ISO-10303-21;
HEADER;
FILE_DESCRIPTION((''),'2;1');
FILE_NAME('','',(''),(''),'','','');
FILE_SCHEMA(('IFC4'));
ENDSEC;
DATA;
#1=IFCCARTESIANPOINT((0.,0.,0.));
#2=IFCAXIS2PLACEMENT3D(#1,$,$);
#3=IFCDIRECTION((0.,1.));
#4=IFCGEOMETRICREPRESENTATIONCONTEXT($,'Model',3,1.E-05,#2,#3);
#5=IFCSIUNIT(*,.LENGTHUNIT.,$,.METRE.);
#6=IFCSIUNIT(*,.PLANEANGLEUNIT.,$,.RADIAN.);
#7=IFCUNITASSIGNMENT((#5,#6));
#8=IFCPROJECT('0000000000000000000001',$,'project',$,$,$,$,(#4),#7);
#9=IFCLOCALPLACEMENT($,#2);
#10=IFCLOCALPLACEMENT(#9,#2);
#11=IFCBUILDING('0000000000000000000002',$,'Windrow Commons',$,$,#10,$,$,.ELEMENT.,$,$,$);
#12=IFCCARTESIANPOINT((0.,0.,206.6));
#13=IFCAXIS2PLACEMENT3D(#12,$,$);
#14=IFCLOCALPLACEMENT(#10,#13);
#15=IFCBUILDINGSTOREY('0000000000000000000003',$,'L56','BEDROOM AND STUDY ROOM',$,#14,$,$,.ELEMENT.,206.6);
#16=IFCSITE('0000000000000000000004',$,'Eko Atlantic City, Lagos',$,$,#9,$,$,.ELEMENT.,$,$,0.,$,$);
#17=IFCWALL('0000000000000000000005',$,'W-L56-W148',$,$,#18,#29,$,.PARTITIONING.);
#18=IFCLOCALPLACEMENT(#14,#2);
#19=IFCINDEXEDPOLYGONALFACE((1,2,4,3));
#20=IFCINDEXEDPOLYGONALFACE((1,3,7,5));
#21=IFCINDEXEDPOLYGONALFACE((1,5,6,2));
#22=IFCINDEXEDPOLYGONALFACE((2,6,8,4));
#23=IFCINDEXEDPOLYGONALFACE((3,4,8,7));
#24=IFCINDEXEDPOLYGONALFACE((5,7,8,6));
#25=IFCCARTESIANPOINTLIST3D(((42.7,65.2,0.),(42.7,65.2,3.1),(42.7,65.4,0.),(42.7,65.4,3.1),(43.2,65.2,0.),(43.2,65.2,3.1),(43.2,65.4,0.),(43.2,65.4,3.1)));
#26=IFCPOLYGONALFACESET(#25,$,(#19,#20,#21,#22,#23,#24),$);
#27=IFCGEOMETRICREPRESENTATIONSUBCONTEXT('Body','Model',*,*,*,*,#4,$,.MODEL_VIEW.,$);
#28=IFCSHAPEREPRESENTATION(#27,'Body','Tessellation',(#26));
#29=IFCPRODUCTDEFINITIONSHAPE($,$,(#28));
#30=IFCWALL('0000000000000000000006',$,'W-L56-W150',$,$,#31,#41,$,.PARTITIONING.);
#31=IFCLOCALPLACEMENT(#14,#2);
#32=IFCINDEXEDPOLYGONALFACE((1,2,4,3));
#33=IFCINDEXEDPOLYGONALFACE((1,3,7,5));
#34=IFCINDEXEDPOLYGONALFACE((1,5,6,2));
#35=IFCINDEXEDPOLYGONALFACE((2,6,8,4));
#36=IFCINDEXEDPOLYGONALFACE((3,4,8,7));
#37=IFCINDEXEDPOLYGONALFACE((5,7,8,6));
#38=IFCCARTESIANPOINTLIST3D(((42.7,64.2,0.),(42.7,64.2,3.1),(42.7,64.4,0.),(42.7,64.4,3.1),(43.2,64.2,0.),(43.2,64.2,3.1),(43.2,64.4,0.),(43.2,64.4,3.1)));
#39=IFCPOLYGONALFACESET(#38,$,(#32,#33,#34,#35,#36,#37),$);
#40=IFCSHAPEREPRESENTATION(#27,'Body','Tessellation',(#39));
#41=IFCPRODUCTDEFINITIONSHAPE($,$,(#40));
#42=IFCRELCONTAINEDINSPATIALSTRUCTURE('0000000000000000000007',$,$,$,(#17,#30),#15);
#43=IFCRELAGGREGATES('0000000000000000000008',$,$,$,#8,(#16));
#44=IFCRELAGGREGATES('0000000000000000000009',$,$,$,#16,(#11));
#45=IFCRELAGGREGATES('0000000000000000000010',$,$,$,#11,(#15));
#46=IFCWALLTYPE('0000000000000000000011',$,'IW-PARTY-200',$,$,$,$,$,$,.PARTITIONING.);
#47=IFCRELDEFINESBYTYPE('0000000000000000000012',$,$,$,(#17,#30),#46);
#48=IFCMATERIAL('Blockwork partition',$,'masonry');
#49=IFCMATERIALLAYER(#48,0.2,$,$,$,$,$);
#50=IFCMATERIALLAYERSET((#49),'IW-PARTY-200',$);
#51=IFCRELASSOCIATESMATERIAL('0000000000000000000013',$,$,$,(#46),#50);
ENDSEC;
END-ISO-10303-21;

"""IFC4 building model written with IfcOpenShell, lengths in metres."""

from ifc_helpers import new_model, si_unit, direction, frame, frame_2d, origin, place, context, subcontext, project, spatial, rectangle, extrude, material, layer, layer_set, type_object, element, save


model = new_model("IFC4")

# Units and contexts
model_context = context("Model", 3, precision=1e-05, world=origin(), true_north=direction((0.0, 1.0)))
body_context = subcontext(model_context, "Body", "Model", "MODEL_VIEW")
ifc_project = project(units=[si_unit("LENGTHUNIT", "METRE"), si_unit("PLANEANGLEUNIT", "RADIAN")], contexts=[model_context])

# Site, building, storey
site_placement = place(None, origin())
site = spatial("IfcSite", under=ifc_project, at=site_placement, Name="Eko Atlantic City, Lagos", CompositionType="ELEMENT", RefElevation=0.0)
building_placement = place(site_placement, origin())
building = spatial("IfcBuilding", under=site, at=building_placement, Name="Windrow Commons", CompositionType="ELEMENT")
storey_placement = place(building_placement, frame((0.0, 0.0, 206.6)))
storey = spatial("IfcBuildingStorey", under=building, at=storey_placement, Name="L56", Description="BEDROOM AND STUDY ROOM", CompositionType="ELEMENT", Elevation=206.6)

# Walls
ifc_material_1 = material(Name="Blockwork partition", Category="masonry")
ifc_layer_1 = layer(ifc_material_1, 0.2)
ifc_layer_set_1 = layer_set([ifc_layer_1], Name="IW-PARTY-200")
wall_type_1 = type_object("IfcWallType", Name="IW-PARTY-200", PredefinedType="PARTITIONING", material=ifc_layer_set_1)
for number, where, z_axis, x_axis, name in (
    (1, (42.7, 65.3, 0.0), (0.0, 0.0, 1.0), (1.0, 0.0, 0.0), "W-L56-W148"),
    (2, (42.7, 64.3, 0.0), (0.0, 0.0, 1.0), (1.0, 0.0, 0.0), "W-L56-W150"),
):
    element("IfcWall", number, at=place(storey_placement, frame(where, z_axis=z_axis, x_axis=x_axis)), inside=storey, type_object=wall_type_1, Name=name, PredefinedType="PARTITIONING", context=body_context, shape_type="SweptSolid", body=[
        extrude(rectangle(XDim=0.5, YDim=0.2, at=frame_2d((0.25, 0.0))), origin(), (0.0, 0.0, 1.0), 3.1),
    ])

save(model, "model.ifc")
